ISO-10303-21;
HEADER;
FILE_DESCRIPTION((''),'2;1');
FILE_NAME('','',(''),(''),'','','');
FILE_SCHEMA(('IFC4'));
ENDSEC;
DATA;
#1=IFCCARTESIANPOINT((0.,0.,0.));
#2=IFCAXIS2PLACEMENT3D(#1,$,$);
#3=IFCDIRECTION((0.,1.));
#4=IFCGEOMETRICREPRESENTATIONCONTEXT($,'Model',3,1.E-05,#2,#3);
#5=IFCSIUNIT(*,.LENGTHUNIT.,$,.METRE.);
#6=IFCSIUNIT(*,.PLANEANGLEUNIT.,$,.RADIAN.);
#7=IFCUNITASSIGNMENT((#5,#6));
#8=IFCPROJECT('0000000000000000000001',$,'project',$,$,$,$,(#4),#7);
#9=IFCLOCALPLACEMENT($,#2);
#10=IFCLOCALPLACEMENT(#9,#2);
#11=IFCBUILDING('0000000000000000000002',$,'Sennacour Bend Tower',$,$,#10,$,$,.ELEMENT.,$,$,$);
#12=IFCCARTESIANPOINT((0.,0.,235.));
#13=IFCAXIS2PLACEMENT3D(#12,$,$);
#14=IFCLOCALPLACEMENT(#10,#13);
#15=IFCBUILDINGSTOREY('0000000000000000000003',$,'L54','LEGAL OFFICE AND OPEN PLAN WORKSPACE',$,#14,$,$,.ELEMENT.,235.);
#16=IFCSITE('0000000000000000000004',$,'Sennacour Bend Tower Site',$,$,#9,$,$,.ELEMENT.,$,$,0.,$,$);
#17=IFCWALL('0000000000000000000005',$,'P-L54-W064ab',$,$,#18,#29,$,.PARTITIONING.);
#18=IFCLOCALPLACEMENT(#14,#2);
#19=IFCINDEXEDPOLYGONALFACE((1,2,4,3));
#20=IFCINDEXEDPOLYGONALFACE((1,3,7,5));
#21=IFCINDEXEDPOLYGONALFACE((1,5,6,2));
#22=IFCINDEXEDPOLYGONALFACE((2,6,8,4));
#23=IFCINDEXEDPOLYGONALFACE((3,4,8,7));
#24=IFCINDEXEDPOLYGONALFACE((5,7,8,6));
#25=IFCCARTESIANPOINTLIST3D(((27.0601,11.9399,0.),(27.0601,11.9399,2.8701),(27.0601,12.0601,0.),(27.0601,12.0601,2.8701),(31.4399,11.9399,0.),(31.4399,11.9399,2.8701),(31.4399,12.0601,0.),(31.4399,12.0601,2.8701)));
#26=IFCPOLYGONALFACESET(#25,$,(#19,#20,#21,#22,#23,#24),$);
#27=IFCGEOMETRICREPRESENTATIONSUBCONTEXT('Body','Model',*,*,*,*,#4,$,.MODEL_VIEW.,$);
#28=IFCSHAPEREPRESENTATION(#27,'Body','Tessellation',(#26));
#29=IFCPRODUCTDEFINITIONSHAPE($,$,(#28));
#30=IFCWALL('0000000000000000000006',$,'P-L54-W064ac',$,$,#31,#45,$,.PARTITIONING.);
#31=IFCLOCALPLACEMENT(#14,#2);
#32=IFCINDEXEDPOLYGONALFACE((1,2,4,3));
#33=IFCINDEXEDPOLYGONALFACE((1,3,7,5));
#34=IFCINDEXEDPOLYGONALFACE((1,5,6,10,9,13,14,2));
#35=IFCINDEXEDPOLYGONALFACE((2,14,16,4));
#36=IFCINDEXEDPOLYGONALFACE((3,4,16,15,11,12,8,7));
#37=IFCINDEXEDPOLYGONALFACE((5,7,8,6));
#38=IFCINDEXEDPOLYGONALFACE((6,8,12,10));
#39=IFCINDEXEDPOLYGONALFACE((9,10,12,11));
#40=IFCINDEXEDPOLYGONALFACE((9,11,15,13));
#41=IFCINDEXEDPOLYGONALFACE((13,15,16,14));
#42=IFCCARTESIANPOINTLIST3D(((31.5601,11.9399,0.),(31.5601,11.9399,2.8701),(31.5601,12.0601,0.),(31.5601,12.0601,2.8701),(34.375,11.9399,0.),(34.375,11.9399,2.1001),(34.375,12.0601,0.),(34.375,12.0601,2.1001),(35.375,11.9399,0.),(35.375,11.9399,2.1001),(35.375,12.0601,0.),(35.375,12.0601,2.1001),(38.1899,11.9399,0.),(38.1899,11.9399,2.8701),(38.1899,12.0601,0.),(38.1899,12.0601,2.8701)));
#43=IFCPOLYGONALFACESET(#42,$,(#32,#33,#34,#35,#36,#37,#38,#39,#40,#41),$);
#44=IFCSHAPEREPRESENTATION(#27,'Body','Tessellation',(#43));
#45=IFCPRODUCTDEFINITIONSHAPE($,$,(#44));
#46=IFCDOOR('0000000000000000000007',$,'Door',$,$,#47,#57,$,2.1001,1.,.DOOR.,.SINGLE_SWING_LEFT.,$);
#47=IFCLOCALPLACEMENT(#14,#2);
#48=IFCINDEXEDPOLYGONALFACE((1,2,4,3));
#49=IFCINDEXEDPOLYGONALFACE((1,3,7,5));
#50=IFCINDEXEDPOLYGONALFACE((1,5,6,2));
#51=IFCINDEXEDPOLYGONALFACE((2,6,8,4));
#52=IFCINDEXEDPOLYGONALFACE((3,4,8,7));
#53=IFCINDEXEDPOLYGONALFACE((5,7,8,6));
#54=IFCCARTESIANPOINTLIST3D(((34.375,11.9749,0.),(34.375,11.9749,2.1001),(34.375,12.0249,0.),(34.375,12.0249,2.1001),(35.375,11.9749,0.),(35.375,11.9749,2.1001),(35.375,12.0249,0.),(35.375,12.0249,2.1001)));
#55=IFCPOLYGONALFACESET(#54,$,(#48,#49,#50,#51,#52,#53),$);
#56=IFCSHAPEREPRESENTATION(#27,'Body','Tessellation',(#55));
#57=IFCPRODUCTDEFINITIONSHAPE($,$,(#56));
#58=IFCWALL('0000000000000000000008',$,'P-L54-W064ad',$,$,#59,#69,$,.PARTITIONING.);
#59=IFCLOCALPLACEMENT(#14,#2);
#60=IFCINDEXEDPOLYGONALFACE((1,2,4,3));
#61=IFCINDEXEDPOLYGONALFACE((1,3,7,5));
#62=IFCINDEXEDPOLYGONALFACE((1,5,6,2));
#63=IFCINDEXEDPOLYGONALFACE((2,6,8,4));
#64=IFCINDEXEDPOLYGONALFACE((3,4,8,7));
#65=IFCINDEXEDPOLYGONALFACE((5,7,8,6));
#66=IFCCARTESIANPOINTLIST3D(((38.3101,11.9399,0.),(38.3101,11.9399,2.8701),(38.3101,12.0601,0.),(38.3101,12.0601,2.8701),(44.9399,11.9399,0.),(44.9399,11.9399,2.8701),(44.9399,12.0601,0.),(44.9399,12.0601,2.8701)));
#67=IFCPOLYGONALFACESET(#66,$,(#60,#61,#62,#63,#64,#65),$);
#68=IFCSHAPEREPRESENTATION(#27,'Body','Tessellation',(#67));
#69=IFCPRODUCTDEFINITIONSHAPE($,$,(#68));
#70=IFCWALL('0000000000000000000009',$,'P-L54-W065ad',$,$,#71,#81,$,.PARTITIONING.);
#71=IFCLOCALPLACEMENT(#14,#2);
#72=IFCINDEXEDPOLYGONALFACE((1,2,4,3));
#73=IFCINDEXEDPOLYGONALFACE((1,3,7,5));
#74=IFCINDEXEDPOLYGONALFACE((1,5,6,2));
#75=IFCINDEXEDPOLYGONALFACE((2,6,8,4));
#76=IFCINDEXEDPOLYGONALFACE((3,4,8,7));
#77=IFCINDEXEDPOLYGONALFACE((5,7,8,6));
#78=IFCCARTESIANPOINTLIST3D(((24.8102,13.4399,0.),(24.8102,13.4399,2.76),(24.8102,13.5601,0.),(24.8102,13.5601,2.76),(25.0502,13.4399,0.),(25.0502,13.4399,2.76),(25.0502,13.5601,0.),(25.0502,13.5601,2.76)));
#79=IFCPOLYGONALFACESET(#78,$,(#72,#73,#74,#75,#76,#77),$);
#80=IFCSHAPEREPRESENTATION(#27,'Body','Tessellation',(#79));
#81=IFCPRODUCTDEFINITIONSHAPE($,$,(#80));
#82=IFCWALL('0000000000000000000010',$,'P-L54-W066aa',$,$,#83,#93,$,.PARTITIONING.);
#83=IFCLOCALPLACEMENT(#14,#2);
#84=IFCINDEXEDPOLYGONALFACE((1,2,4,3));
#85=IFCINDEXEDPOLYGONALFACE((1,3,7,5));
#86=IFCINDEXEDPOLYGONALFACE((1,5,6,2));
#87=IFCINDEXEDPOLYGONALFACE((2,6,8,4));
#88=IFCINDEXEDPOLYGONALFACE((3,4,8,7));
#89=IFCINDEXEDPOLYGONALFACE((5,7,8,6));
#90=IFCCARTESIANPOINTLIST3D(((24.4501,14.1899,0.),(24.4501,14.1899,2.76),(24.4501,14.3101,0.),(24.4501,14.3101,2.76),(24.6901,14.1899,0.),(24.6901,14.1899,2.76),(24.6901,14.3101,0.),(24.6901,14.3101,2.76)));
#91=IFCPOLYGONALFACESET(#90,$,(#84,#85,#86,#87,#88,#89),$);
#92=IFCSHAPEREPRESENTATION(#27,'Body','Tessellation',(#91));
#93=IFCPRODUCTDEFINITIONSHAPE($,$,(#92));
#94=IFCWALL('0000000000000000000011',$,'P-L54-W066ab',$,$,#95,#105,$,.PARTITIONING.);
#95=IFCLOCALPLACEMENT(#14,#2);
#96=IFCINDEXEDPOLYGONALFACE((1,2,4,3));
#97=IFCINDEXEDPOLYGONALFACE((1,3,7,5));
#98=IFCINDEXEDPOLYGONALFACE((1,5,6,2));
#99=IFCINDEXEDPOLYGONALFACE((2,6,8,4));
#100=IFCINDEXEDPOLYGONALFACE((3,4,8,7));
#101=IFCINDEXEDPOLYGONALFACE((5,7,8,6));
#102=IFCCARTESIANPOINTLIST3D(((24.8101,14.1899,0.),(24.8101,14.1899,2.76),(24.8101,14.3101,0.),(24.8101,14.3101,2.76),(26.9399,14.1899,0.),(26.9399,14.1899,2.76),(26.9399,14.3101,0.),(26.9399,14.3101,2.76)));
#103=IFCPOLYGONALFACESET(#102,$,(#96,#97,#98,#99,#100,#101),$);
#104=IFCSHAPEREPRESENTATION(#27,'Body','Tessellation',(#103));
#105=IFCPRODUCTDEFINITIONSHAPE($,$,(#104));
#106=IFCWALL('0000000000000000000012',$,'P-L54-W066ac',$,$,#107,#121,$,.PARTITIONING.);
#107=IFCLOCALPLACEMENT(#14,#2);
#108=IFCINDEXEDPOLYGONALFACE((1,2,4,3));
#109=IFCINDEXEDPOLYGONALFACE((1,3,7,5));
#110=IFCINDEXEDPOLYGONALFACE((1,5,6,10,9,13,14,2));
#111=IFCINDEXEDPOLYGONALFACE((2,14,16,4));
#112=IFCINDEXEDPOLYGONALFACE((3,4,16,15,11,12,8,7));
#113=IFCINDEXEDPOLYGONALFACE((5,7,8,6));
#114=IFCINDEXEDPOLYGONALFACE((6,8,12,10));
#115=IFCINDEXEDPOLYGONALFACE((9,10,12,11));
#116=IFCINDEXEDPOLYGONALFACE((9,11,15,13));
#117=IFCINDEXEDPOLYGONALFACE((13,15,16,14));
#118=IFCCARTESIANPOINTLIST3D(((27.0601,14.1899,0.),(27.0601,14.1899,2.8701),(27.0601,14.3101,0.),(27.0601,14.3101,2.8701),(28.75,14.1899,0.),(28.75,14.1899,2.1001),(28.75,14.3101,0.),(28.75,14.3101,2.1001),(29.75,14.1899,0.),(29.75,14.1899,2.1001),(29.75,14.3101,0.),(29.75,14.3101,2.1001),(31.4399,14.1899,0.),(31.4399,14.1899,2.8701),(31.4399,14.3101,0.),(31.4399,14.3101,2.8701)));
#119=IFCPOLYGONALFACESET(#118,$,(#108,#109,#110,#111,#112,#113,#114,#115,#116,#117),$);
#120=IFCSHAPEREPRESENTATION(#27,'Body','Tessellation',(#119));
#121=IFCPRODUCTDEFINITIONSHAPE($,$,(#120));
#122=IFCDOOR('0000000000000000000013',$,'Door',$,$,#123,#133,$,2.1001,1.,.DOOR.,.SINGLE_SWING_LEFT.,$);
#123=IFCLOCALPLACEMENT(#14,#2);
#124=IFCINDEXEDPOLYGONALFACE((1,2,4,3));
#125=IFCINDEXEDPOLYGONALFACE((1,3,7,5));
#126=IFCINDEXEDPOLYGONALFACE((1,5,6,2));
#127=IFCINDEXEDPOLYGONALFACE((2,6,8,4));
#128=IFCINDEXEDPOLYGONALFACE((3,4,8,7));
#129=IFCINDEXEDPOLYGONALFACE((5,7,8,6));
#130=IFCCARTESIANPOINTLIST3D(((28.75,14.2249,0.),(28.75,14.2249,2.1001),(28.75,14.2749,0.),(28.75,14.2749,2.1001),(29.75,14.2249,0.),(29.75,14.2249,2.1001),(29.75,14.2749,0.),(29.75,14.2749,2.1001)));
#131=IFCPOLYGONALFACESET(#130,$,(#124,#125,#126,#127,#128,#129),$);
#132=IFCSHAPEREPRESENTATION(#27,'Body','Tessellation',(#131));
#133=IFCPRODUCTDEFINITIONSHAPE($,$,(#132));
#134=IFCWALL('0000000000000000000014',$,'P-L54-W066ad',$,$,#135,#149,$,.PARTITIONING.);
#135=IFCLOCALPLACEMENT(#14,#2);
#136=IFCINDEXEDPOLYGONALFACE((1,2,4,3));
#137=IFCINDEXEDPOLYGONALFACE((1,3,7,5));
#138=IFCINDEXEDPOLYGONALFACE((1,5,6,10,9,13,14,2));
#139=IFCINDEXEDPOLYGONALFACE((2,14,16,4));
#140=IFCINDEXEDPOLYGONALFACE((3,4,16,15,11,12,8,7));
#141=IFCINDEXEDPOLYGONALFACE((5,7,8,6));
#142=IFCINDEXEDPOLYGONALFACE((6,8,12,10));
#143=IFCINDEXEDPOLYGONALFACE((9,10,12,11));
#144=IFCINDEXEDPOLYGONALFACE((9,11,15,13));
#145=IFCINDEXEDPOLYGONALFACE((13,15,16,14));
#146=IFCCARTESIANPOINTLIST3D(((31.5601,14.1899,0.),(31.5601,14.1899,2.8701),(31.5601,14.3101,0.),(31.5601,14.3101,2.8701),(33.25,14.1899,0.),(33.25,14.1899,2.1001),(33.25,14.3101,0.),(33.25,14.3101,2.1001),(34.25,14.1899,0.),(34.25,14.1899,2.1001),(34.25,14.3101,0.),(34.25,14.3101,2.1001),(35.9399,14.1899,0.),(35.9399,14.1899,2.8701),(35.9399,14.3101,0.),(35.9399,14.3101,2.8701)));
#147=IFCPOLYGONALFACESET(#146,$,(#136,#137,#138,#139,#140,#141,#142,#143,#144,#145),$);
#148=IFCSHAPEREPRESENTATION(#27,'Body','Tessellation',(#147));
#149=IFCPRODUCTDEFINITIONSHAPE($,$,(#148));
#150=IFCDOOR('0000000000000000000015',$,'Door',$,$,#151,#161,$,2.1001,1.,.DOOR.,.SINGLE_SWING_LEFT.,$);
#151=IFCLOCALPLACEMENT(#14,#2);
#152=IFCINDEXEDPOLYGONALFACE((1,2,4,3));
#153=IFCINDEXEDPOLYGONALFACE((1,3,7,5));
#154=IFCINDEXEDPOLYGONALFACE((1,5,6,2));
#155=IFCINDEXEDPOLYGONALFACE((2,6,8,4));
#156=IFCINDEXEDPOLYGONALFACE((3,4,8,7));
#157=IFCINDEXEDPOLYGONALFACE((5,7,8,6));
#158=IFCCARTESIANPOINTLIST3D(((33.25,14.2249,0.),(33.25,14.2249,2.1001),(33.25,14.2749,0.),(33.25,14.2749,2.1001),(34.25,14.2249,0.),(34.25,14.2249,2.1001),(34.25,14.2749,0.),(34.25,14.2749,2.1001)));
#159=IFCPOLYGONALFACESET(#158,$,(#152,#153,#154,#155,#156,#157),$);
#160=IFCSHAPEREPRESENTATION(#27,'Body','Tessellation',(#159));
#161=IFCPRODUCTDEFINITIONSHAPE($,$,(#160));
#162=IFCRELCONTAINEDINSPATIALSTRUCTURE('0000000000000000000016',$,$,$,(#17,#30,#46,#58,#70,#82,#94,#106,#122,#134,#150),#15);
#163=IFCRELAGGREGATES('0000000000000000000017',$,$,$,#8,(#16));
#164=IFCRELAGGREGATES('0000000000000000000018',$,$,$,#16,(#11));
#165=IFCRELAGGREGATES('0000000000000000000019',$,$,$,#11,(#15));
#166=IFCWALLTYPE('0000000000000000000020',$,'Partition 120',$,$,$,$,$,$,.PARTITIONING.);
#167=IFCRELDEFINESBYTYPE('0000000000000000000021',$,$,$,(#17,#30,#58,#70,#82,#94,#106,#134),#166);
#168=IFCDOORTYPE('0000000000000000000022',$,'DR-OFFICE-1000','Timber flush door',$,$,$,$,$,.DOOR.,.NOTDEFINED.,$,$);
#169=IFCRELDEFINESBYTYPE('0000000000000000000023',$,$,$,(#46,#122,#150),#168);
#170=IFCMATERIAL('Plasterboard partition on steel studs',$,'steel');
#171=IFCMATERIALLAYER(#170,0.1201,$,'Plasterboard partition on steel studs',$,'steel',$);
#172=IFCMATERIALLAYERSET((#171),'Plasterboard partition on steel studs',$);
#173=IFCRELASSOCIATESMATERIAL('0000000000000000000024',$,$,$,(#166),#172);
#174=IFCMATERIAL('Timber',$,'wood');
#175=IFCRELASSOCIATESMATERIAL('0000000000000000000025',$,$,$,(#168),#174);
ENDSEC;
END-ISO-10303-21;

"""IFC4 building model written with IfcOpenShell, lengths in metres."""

from ifc_helpers import new_model, si_unit, direction, frame, frame_2d, origin, place, context, subcontext, project, spatial, rectangle, extrude, material, layer, layer_set, type_object, element, fill, save


model = new_model("IFC4")

# Units and contexts
model_context = context("Model", 3, precision=1e-05, world=origin(), true_north=direction((0.0, 1.0)))
body_context = subcontext(model_context, "Body", "Model", "MODEL_VIEW")
ifc_project = project(units=[si_unit("LENGTHUNIT", "METRE"), si_unit("PLANEANGLEUNIT", "RADIAN")], contexts=[model_context])

# Site, building, storey
site_placement = place(None, origin())
site = spatial("IfcSite", under=ifc_project, at=site_placement, Name="Sennacour Bend Tower Site", CompositionType="ELEMENT", RefElevation=0.0)
building_placement = place(site_placement, origin())
building = spatial("IfcBuilding", under=site, at=building_placement, Name="Sennacour Bend Tower", CompositionType="ELEMENT")
storey_placement = place(building_placement, frame((0.0, 0.0, 235.0)))
storey = spatial("IfcBuildingStorey", under=building, at=storey_placement, Name="L54", Description="LEGAL OFFICE AND OPEN PLAN WORKSPACE", CompositionType="ELEMENT", Elevation=235.0)

# Wall
ifc_material_1 = material(Name="Plasterboard partition on steel studs", Category="steel")
ifc_layer_1 = layer(ifc_material_1, 0.1201, Name="Plasterboard partition on steel studs", Category="steel")
ifc_layer_set_1 = layer_set([ifc_layer_1], Name="Plasterboard partition on steel studs")
wall_type_1 = type_object("IfcWallType", Name="Partition 120", PredefinedType="PARTITIONING", material=ifc_layer_set_1)
wall_1_placement = place(storey_placement, frame((27.0601, 12.0, 0.0), z_axis=(0.0, 0.0, 1.0), x_axis=(1.0, 0.0, 0.0)))
element("IfcWall", 1, at=wall_1_placement, inside=storey, type_object=wall_type_1, Name="P-L54-W064ab", PredefinedType="PARTITIONING", context=body_context, shape_type="SweptSolid", body=[
    extrude(rectangle(XDim=4.3799, YDim=0.1201, at=frame_2d((2.1899, 0.0))), origin(), (0.0, 0.0, 1.0), 2.8701),
])

# Wall, opening, door
wall_2_placement = place(storey_placement, frame((31.5601, 12.0, 0.0), z_axis=(0.0, 0.0, 1.0), x_axis=(1.0, 0.0, 0.0)))
wall_2 = element("IfcWall", 2, at=wall_2_placement, inside=storey, type_object=wall_type_1, Name="P-L54-W064ac", PredefinedType="PARTITIONING", context=body_context, shape_type="SweptSolid", body=[
    extrude(rectangle(XDim=6.6299, YDim=0.1201, at=frame_2d((3.3149, 0.0))), origin(), (0.0, 0.0, 1.0), 2.8701),
])
opening_1_placement = place(wall_2_placement, frame((2.8149, 0.0, 0.0)))
opening_1 = element("IfcOpeningElement", 3, at=opening_1_placement, cuts=wall_2, PredefinedType="OPENING", context=body_context, shape_type="SweptSolid", body=[
    extrude(rectangle(XDim=1.0, YDim=2.1001, at=frame_2d((0.5, 1.05))), frame((0.0, 0.0701, 0.0), z_axis=(0.0, -1.0, 0.0), x_axis=(1.0, 0.0, 0.0)), (0.0, 0.0, 1.0), 0.1401),
])
ifc_material_2 = material(Name="Timber", Category="wood")
door_type_1 = type_object("IfcDoorType", Name="DR-OFFICE-1000", Description="Timber flush door", OperationType="NOTDEFINED", PredefinedType="DOOR", material=ifc_material_2)
door_1_placement = place(opening_1_placement, origin())
door_1 = element("IfcDoor", 4, at=door_1_placement, inside=storey, type_object=door_type_1, Name="Door", OperationType="SINGLE_SWING_LEFT", OverallHeight=2.1001, OverallWidth=1.0, PredefinedType="DOOR", context=body_context, shape_type="SweptSolid", body=[
    extrude(rectangle(XDim=1.0, YDim=2.1001, at=frame_2d((0.5, 1.05))), frame((0.0, 0.0249, 0.0), z_axis=(0.0, -1.0, 0.0), x_axis=(1.0, 0.0, 0.0)), (0.0, 0.0, 1.0), 0.05),
])
fill(opening_1, door_1)

# Walls
wall_3_placement = place(storey_placement, frame((38.3101, 12.0, 0.0), z_axis=(0.0, 0.0, 1.0), x_axis=(1.0, 0.0, 0.0)))
element("IfcWall", 5, at=wall_3_placement, inside=storey, type_object=wall_type_1, Name="P-L54-W064ad", PredefinedType="PARTITIONING", context=body_context, shape_type="SweptSolid", body=[
    extrude(rectangle(XDim=6.6299, YDim=0.1201, at=frame_2d((3.3149, 0.0))), origin(), (0.0, 0.0, 1.0), 2.8701),
])
for number, where, z_axis, x_axis, name in (
    (6, (24.8101, 13.5, 0.0), (0.0, 0.0, 1.0), (1.0, 0.0, 0.0), "P-L54-W065ad"),
    (7, (24.45, 14.25, 0.0), (0.0, 0.0, 1.0), (1.0, 0.0, 0.0), "P-L54-W066aa"),
):
    element("IfcWall", number, at=place(storey_placement, frame(where, z_axis=z_axis, x_axis=x_axis)), inside=storey, type_object=wall_type_1, Name=name, PredefinedType="PARTITIONING", context=body_context, shape_type="SweptSolid", body=[
        extrude(rectangle(XDim=0.24, YDim=0.1201, at=frame_2d((0.1201, 0.0))), origin(), (0.0, 0.0, 1.0), 2.76),
    ])
wall_4_placement = place(storey_placement, frame((24.8101, 14.25, 0.0), z_axis=(0.0, 0.0, 1.0), x_axis=(1.0, 0.0, 0.0)))
element("IfcWall", 8, at=wall_4_placement, inside=storey, type_object=wall_type_1, Name="P-L54-W066ab", PredefinedType="PARTITIONING", context=body_context, shape_type="SweptSolid", body=[
    extrude(rectangle(XDim=2.1299, YDim=0.1201, at=frame_2d((1.0649, 0.0))), origin(), (0.0, 0.0, 1.0), 2.76),
])

# Walls, openings, doors
wall_5_placement = place(storey_placement, frame((27.0601, 14.25, 0.0), z_axis=(0.0, 0.0, 1.0), x_axis=(1.0, 0.0, 0.0)))
wall_5 = element("IfcWall", 9, at=wall_5_placement, inside=storey, type_object=wall_type_1, Name="P-L54-W066ac", PredefinedType="PARTITIONING", context=body_context, shape_type="SweptSolid", body=[
    extrude(rectangle(XDim=4.3799, YDim=0.1201, at=frame_2d((2.1899, 0.0))), origin(), (0.0, 0.0, 1.0), 2.8701),
])
opening_2_placement = place(wall_5_placement, frame((1.6899, 0.0, 0.0)))
opening_2 = element("IfcOpeningElement", 10, at=opening_2_placement, cuts=wall_5, PredefinedType="OPENING", context=body_context, shape_type="SweptSolid", body=[
    extrude(rectangle(XDim=1.0, YDim=2.1001, at=frame_2d((0.5, 1.05))), frame((0.0, 0.0701, 0.0), z_axis=(0.0, -1.0, 0.0), x_axis=(1.0, 0.0, 0.0)), (0.0, 0.0, 1.0), 0.1401),
])
door_2_placement = place(opening_2_placement, origin())
door_2 = element("IfcDoor", 11, at=door_2_placement, inside=storey, type_object=door_type_1, Name="Door", OperationType="SINGLE_SWING_LEFT", OverallHeight=2.1001, OverallWidth=1.0, PredefinedType="DOOR", context=body_context, shape_type="SweptSolid", body=[
    extrude(rectangle(XDim=1.0, YDim=2.1001, at=frame_2d((0.5, 1.05))), frame((0.0, 0.0249, 0.0), z_axis=(0.0, -1.0, 0.0), x_axis=(1.0, 0.0, 0.0)), (0.0, 0.0, 1.0), 0.05),
])
fill(opening_2, door_2)
wall_6_placement = place(storey_placement, frame((31.5601, 14.25, 0.0), z_axis=(0.0, 0.0, 1.0), x_axis=(1.0, 0.0, 0.0)))
wall_6 = element("IfcWall", 12, at=wall_6_placement, inside=storey, type_object=wall_type_1, Name="P-L54-W066ad", PredefinedType="PARTITIONING", context=body_context, shape_type="SweptSolid", body=[
    extrude(rectangle(XDim=4.3799, YDim=0.1201, at=frame_2d((2.1899, 0.0))), origin(), (0.0, 0.0, 1.0), 2.8701),
])
opening_3_placement = place(wall_6_placement, frame((1.6899, 0.0, 0.0)))
opening_3 = element("IfcOpeningElement", 13, at=opening_3_placement, cuts=wall_6, PredefinedType="OPENING", context=body_context, shape_type="SweptSolid", body=[
    extrude(rectangle(XDim=1.0, YDim=2.1001, at=frame_2d((0.5, 1.05))), frame((0.0, 0.0701, 0.0), z_axis=(0.0, -1.0, 0.0), x_axis=(1.0, 0.0, 0.0)), (0.0, 0.0, 1.0), 0.1401),
])
door_3_placement = place(opening_3_placement, origin())
door_3 = element("IfcDoor", 14, at=door_3_placement, inside=storey, type_object=door_type_1, Name="Door", OperationType="SINGLE_SWING_LEFT", OverallHeight=2.1001, OverallWidth=1.0, PredefinedType="DOOR", context=body_context, shape_type="SweptSolid", body=[
    extrude(rectangle(XDim=1.0, YDim=2.1001, at=frame_2d((0.5, 1.05))), frame((0.0, 0.0249, 0.0), z_axis=(0.0, -1.0, 0.0), x_axis=(1.0, 0.0, 0.0)), (0.0, 0.0, 1.0), 0.05),
])
fill(opening_3, door_3)

save(model, "model.ifc")
